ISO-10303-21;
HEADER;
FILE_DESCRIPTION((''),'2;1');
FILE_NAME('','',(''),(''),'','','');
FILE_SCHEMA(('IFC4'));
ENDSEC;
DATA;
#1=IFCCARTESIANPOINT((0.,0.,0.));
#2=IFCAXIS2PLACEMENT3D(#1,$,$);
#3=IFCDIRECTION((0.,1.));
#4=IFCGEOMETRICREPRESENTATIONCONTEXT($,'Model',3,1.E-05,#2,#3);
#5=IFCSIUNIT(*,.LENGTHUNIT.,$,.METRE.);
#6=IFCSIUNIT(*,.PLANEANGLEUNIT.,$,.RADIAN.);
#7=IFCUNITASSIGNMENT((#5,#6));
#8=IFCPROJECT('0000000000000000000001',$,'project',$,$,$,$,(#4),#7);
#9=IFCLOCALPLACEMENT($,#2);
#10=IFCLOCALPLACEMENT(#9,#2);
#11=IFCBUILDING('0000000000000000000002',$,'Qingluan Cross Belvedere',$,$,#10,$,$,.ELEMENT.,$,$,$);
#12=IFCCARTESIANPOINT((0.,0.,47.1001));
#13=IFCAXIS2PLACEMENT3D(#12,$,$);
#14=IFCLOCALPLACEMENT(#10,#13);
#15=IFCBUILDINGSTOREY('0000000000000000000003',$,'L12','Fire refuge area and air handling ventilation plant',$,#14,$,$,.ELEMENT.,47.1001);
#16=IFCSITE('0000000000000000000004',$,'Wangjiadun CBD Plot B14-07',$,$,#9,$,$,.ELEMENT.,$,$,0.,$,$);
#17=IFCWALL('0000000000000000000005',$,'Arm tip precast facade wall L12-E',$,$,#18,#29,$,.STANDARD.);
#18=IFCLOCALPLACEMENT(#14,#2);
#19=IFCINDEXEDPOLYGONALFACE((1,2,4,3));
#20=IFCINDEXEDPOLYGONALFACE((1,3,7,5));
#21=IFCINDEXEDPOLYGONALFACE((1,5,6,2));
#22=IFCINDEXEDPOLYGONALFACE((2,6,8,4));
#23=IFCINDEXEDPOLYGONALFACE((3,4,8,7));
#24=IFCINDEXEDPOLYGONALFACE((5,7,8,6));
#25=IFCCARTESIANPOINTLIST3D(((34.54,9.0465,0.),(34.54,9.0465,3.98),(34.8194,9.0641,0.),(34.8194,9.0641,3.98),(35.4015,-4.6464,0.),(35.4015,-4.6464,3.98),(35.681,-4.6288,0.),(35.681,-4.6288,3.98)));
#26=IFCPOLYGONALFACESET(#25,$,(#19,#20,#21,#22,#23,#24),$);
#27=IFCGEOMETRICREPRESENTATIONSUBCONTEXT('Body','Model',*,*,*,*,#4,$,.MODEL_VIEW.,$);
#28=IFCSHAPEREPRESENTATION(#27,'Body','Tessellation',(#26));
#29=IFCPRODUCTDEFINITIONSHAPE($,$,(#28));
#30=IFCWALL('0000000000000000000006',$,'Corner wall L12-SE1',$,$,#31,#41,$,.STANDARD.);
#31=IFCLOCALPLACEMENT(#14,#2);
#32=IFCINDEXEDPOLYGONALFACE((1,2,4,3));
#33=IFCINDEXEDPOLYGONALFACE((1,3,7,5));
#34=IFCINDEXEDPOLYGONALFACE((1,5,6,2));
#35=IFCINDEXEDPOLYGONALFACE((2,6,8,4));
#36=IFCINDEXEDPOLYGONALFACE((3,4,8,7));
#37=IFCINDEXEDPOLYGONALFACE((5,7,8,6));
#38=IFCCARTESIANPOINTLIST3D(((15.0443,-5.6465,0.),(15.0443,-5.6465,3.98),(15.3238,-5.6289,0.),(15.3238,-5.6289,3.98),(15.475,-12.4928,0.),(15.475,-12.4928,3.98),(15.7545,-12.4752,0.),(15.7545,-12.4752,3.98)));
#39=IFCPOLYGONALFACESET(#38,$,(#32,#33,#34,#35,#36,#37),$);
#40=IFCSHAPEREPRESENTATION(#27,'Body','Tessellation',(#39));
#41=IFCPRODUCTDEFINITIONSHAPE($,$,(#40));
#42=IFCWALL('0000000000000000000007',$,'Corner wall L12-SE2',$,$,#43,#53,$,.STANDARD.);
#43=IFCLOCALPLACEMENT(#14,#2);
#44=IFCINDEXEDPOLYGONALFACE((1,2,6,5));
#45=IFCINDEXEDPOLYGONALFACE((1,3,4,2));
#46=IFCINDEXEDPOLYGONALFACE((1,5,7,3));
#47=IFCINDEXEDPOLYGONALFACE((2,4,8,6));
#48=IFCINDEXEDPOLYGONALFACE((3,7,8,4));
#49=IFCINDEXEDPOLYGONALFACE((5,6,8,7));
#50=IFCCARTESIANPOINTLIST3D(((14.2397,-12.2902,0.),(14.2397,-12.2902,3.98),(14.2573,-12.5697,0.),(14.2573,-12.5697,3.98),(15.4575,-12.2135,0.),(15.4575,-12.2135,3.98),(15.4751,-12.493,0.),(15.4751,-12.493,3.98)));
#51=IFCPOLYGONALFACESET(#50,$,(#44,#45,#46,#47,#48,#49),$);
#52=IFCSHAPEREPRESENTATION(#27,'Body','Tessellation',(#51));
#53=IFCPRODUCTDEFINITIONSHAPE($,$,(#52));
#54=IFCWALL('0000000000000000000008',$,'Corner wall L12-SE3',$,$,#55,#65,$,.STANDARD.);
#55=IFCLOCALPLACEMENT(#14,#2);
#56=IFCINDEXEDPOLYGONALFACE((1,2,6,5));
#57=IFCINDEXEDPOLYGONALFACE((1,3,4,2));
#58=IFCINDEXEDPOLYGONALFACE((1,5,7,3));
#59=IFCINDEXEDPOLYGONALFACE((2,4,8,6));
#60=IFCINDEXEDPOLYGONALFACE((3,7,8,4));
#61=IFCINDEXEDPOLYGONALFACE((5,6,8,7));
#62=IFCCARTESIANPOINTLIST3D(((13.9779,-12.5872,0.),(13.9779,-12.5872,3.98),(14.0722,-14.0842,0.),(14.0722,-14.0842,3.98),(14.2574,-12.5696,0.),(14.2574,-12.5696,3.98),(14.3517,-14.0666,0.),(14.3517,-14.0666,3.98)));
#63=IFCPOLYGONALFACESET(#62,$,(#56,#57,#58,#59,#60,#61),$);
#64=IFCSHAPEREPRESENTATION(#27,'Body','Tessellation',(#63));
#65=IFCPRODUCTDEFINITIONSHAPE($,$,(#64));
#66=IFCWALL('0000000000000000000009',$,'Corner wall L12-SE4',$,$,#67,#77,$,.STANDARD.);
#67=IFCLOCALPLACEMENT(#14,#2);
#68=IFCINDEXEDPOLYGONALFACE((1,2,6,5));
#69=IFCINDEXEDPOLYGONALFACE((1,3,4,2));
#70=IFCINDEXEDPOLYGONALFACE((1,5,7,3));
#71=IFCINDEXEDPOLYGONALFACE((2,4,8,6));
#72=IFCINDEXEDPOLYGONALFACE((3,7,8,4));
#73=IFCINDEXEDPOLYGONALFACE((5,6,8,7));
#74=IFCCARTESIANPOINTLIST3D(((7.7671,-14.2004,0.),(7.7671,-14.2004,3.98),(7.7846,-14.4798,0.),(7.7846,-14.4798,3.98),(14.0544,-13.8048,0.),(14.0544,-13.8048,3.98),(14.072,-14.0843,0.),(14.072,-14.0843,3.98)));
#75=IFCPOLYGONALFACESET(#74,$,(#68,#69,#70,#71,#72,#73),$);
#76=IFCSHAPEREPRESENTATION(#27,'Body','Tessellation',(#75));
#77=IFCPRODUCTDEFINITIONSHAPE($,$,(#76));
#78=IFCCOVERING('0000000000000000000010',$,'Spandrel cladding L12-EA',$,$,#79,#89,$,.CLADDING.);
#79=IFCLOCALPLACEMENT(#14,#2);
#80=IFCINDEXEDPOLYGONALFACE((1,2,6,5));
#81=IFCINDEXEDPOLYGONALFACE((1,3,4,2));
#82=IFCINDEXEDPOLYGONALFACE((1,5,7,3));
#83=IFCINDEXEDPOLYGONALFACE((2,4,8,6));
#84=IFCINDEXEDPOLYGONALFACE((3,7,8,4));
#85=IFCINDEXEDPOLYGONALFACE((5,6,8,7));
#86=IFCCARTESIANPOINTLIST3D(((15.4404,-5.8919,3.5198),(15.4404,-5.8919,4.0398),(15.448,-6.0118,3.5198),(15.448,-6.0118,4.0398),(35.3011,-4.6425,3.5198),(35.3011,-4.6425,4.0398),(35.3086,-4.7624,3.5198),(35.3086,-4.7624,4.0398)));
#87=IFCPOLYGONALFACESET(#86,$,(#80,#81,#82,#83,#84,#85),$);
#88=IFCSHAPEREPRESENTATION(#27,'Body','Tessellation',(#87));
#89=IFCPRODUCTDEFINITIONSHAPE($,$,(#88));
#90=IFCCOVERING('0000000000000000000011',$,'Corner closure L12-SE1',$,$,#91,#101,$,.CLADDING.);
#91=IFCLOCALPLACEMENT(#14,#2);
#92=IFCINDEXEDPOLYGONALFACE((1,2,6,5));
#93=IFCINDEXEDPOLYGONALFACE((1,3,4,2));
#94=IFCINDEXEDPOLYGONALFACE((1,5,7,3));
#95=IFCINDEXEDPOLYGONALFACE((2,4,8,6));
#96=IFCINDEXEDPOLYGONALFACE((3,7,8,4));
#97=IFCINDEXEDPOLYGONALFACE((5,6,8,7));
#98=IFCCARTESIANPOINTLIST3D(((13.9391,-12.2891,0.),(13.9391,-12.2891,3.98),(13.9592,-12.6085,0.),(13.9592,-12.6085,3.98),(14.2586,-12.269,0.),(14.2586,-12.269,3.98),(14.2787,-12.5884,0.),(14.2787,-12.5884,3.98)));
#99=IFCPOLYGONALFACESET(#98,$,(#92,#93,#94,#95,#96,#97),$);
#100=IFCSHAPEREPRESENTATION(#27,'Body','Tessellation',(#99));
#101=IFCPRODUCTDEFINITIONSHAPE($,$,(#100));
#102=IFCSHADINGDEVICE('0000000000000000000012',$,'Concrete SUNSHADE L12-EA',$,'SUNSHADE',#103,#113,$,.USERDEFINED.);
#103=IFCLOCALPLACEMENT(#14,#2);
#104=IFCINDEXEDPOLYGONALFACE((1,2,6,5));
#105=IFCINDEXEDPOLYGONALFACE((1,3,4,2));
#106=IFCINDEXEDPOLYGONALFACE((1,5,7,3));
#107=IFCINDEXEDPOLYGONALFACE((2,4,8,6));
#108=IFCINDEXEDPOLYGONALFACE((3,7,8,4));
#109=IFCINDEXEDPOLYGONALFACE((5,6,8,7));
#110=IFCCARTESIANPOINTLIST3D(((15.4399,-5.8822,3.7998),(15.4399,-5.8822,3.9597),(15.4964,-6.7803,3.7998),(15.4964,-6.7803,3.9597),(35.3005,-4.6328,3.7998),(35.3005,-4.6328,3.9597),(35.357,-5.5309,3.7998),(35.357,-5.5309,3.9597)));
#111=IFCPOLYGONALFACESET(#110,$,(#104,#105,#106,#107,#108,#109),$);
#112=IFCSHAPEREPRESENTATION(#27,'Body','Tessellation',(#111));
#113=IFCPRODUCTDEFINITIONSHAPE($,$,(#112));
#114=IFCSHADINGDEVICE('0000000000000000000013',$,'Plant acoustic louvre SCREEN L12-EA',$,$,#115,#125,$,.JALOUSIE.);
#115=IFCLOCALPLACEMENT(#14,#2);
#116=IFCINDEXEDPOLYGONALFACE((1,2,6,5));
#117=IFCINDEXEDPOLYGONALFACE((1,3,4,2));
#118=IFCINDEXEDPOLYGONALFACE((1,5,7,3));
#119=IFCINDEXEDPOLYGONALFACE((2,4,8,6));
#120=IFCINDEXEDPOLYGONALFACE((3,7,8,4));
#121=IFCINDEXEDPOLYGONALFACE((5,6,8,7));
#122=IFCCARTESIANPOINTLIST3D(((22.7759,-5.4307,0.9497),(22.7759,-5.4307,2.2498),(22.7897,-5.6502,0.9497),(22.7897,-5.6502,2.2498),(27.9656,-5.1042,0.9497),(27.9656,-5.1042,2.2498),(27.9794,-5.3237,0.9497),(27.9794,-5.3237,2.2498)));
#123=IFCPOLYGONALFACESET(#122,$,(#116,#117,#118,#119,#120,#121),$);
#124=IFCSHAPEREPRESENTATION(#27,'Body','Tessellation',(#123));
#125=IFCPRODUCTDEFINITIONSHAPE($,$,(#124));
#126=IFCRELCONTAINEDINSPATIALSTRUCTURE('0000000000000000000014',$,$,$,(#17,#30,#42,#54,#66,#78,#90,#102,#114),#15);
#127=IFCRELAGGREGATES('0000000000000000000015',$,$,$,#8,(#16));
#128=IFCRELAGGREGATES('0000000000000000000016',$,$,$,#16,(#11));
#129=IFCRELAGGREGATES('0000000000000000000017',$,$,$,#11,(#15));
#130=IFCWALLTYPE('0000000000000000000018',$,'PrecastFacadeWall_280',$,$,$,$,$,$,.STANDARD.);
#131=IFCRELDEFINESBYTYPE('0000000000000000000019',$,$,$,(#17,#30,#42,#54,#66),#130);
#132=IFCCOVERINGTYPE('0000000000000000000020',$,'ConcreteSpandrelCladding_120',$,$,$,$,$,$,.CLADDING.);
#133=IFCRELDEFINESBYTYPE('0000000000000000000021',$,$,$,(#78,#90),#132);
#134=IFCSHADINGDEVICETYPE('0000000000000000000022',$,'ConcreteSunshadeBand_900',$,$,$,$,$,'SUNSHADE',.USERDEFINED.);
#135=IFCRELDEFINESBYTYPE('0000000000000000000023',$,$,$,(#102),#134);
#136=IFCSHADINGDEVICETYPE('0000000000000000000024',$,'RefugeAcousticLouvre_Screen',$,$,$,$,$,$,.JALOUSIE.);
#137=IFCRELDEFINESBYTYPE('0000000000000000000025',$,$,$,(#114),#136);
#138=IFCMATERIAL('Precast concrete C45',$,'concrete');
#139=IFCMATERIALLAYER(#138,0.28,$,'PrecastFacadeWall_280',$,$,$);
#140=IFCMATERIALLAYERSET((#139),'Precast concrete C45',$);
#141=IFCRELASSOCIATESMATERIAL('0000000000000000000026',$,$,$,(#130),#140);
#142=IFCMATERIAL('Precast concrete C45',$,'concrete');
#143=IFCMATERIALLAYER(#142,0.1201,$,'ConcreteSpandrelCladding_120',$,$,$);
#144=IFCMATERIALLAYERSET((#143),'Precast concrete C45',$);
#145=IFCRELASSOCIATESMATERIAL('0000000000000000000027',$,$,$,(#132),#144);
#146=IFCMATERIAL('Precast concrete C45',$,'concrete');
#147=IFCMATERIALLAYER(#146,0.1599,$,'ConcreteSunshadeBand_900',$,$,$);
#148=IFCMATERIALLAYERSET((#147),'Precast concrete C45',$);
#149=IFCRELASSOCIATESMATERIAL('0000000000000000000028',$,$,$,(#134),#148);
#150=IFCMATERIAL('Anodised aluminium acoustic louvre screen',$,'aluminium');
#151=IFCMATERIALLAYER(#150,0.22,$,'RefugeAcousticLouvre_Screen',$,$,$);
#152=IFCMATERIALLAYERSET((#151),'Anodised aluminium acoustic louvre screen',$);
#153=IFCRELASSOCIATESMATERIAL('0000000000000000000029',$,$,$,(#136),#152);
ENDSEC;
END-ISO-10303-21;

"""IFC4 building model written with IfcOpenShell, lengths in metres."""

from ifc_helpers import new_model, si_unit, direction, frame, frame_2d, origin, origin_2d, place, context, subcontext, project, spatial, rectangle, extrude, material, layer, layer_set, type_object, element, save


model = new_model("IFC4")

# Units and contexts
model_context = context("Model", 3, precision=1e-05, world=origin(), true_north=direction((0.0, 1.0)))
body_context = subcontext(model_context, "Body", "Model", "MODEL_VIEW")
ifc_project = project(units=[si_unit("LENGTHUNIT", "METRE"), si_unit("PLANEANGLEUNIT", "RADIAN")], contexts=[model_context])

# Site, building, storey
site_placement = place(None, origin())
site = spatial("IfcSite", under=ifc_project, at=site_placement, Name="Wangjiadun CBD Plot B14-07", CompositionType="ELEMENT", RefElevation=0.0)
building_placement = place(site_placement, origin())
building = spatial("IfcBuilding", under=site, at=building_placement, Name="Qingluan Cross Belvedere", CompositionType="ELEMENT")
storey_placement = place(building_placement, frame((0.0, 0.0, 47.1001)))
storey = spatial("IfcBuildingStorey", under=building, at=storey_placement, Name="L12", Description="Fire refuge area and air handling ventilation plant", CompositionType="ELEMENT", Elevation=47.1001)

# Shared definitions
ifc_material_1 = material(Name="Precast concrete C45", Category="concrete")
ifc_layer_1 = layer(ifc_material_1, 0.28, Name="PrecastFacadeWall_280")
ifc_layer_set_1 = layer_set([ifc_layer_1], Name="Precast concrete C45")
wall_type_1 = type_object("IfcWallType", Name="PrecastFacadeWall_280", PredefinedType="STANDARD", material=ifc_layer_set_1)

# Walls
wall_1_placement = place(storey_placement, frame((35.5413, -4.6375, 0.0), z_axis=(0.0, 0.0, 1.0), x_axis=(-0.062797, 0.998026, 0.0)))
element("IfcWall", 1, at=wall_1_placement, inside=storey, type_object=wall_type_1, Name="Arm tip precast facade wall L12-E", PredefinedType="STANDARD", context=body_context, shape_type="SweptSolid", body=[
    extrude(rectangle(XDim=13.72, YDim=0.28, at=frame_2d((6.8599, 0.0))), origin(), (0.0, 0.0, 1.0), 3.98),
])
wall_2_placement = place(storey_placement, frame((15.1841, -5.6377, 0.0), z_axis=(0.0, 0.0, 1.0), x_axis=(0.062779, -0.998027, 0.0)))
element("IfcWall", 2, at=wall_2_placement, inside=storey, type_object=wall_type_1, Name="Corner wall L12-SE1", PredefinedType="STANDARD", context=body_context, shape_type="SweptSolid", body=[
    extrude(rectangle(XDim=6.8599, YDim=0.28, at=frame_2d((3.4299, 0.0))), origin(), (0.0, 0.0, 1.0), 3.98),
])
wall_3_placement = place(storey_placement, frame((15.4663, -12.3533, 0.0), z_axis=(0.0, 0.0, 1.0), x_axis=(-0.998024, -0.062827, 0.0)))
element("IfcWall", 3, at=wall_3_placement, inside=storey, type_object=wall_type_1, Name="Corner wall L12-SE2", PredefinedType="STANDARD", context=body_context, shape_type="SweptSolid", body=[
    extrude(rectangle(XDim=1.2202, YDim=0.28, at=frame_2d((0.6101, 0.0))), origin(), (0.0, 0.0, 1.0), 3.98),
])
wall_4_placement = place(storey_placement, frame((14.1177, -12.5784, 0.0), z_axis=(0.0, 0.0, 1.0), x_axis=(0.062824, -0.998025, 0.0)))
element("IfcWall", 4, at=wall_4_placement, inside=storey, type_object=wall_type_1, Name="Corner wall L12-SE3", PredefinedType="STANDARD", context=body_context, shape_type="SweptSolid", body=[
    extrude(rectangle(XDim=1.5, YDim=0.28, at=frame_2d((0.75, 0.0))), origin(), (0.0, 0.0, 1.0), 3.98),
])
wall_5_placement = place(storey_placement, frame((14.0632, -13.9446, 0.0), z_axis=(0.0, 0.0, 1.0), x_axis=(-0.998027, -0.062781, 0.0)))
element("IfcWall", 5, at=wall_5_placement, inside=storey, type_object=wall_type_1, Name="Corner wall L12-SE4", PredefinedType="STANDARD", context=body_context, shape_type="SweptSolid", body=[
    extrude(rectangle(XDim=6.2998, YDim=0.28, at=frame_2d((3.1499, 0.0))), origin(), (0.0, 0.0, 1.0), 3.98),
])

# Coverings
ifc_material_2 = material(Name="Precast concrete C45", Category="concrete")
ifc_layer_2 = layer(ifc_material_2, 0.1201, Name="ConcreteSpandrelCladding_120")
ifc_layer_set_2 = layer_set([ifc_layer_2], Name="Precast concrete C45")
covering_type = type_object("IfcCoveringType", Name="ConcreteSpandrelCladding_120", PredefinedType="CLADDING", material=ifc_layer_set_2)
covering_1_placement = place(storey_placement, frame((25.3745, -5.3271, 3.5198), z_axis=(0.0, 0.0, 1.0), x_axis=(0.998027, 0.062786, 0.0)))
element("IfcCovering", 6, at=covering_1_placement, inside=storey, type_object=covering_type, Name="Spandrel cladding L12-EA", PredefinedType="CLADDING", context=body_context, shape_type="SweptSolid", body=[
    extrude(rectangle(XDim=19.8999, YDim=0.1201, at=origin_2d()), origin(), (0.0, 0.0, 1.0), 0.52),
])
covering_2_placement = place(storey_placement, frame((14.1089, -12.4387, 0.0), z_axis=(0.0, 0.0, 1.0), x_axis=(0.998027, 0.062791, 0.0)))
element("IfcCovering", 7, at=covering_2_placement, inside=storey, type_object=covering_type, Name="Corner closure L12-SE1", PredefinedType="CLADDING", context=body_context, shape_type="SweptSolid", body=[
    extrude(rectangle(XDim=0.3201, YDim=0.3201, at=origin_2d()), origin(), (0.0, 0.0, 1.0), 3.98),
])

# Shading devices
ifc_material_3 = material(Name="Precast concrete C45", Category="concrete")
ifc_layer_3 = layer(ifc_material_3, 0.1599, Name="ConcreteSunshadeBand_900")
ifc_layer_set_3 = layer_set([ifc_layer_3], Name="Precast concrete C45")
shading_device_type_1 = type_object("IfcShadingDeviceType", Name="ConcreteSunshadeBand_900", ElementType="SUNSHADE", PredefinedType="USERDEFINED", material=ifc_layer_set_3)
shading_device_1_placement = place(storey_placement, frame((25.3984, -5.7065, 3.7998), z_axis=(0.0, 0.0, 1.0), x_axis=(0.998027, 0.062786, 0.0)))
element("IfcShadingDevice", 8, at=shading_device_1_placement, inside=storey, type_object=shading_device_type_1, Name="Concrete SUNSHADE L12-EA", ObjectType="SUNSHADE", PredefinedType="USERDEFINED", context=body_context, shape_type="SweptSolid", body=[
    extrude(rectangle(XDim=19.8999, YDim=0.8999, at=origin_2d()), origin(), (0.0, 0.0, 1.0), 0.1599),
])
ifc_material_4 = material(Name="Anodised aluminium acoustic louvre screen", Category="aluminium")
ifc_layer_4 = layer(ifc_material_4, 0.22, Name="RefugeAcousticLouvre_Screen")
ifc_layer_set_4 = layer_set([ifc_layer_4], Name="Anodised aluminium acoustic louvre screen")
shading_device_type_2 = type_object("IfcShadingDeviceType", Name="RefugeAcousticLouvre_Screen", PredefinedType="JALOUSIE", material=ifc_layer_set_4)
shading_device_2_placement = place(storey_placement, frame((25.3777, -5.3772, 0.9497), z_axis=(0.0, 0.0, 1.0), x_axis=(0.998027, 0.062786, 0.0)))
element("IfcShadingDevice", 9, at=shading_device_2_placement, inside=storey, type_object=shading_device_type_2, Name="Plant acoustic louvre SCREEN L12-EA", PredefinedType="JALOUSIE", context=body_context, shape_type="SweptSolid", body=[
    extrude(rectangle(XDim=5.2, YDim=0.22, at=origin_2d()), origin(), (0.0, 0.0, 1.0), 1.3),
])

save(model, "model.ifc")
